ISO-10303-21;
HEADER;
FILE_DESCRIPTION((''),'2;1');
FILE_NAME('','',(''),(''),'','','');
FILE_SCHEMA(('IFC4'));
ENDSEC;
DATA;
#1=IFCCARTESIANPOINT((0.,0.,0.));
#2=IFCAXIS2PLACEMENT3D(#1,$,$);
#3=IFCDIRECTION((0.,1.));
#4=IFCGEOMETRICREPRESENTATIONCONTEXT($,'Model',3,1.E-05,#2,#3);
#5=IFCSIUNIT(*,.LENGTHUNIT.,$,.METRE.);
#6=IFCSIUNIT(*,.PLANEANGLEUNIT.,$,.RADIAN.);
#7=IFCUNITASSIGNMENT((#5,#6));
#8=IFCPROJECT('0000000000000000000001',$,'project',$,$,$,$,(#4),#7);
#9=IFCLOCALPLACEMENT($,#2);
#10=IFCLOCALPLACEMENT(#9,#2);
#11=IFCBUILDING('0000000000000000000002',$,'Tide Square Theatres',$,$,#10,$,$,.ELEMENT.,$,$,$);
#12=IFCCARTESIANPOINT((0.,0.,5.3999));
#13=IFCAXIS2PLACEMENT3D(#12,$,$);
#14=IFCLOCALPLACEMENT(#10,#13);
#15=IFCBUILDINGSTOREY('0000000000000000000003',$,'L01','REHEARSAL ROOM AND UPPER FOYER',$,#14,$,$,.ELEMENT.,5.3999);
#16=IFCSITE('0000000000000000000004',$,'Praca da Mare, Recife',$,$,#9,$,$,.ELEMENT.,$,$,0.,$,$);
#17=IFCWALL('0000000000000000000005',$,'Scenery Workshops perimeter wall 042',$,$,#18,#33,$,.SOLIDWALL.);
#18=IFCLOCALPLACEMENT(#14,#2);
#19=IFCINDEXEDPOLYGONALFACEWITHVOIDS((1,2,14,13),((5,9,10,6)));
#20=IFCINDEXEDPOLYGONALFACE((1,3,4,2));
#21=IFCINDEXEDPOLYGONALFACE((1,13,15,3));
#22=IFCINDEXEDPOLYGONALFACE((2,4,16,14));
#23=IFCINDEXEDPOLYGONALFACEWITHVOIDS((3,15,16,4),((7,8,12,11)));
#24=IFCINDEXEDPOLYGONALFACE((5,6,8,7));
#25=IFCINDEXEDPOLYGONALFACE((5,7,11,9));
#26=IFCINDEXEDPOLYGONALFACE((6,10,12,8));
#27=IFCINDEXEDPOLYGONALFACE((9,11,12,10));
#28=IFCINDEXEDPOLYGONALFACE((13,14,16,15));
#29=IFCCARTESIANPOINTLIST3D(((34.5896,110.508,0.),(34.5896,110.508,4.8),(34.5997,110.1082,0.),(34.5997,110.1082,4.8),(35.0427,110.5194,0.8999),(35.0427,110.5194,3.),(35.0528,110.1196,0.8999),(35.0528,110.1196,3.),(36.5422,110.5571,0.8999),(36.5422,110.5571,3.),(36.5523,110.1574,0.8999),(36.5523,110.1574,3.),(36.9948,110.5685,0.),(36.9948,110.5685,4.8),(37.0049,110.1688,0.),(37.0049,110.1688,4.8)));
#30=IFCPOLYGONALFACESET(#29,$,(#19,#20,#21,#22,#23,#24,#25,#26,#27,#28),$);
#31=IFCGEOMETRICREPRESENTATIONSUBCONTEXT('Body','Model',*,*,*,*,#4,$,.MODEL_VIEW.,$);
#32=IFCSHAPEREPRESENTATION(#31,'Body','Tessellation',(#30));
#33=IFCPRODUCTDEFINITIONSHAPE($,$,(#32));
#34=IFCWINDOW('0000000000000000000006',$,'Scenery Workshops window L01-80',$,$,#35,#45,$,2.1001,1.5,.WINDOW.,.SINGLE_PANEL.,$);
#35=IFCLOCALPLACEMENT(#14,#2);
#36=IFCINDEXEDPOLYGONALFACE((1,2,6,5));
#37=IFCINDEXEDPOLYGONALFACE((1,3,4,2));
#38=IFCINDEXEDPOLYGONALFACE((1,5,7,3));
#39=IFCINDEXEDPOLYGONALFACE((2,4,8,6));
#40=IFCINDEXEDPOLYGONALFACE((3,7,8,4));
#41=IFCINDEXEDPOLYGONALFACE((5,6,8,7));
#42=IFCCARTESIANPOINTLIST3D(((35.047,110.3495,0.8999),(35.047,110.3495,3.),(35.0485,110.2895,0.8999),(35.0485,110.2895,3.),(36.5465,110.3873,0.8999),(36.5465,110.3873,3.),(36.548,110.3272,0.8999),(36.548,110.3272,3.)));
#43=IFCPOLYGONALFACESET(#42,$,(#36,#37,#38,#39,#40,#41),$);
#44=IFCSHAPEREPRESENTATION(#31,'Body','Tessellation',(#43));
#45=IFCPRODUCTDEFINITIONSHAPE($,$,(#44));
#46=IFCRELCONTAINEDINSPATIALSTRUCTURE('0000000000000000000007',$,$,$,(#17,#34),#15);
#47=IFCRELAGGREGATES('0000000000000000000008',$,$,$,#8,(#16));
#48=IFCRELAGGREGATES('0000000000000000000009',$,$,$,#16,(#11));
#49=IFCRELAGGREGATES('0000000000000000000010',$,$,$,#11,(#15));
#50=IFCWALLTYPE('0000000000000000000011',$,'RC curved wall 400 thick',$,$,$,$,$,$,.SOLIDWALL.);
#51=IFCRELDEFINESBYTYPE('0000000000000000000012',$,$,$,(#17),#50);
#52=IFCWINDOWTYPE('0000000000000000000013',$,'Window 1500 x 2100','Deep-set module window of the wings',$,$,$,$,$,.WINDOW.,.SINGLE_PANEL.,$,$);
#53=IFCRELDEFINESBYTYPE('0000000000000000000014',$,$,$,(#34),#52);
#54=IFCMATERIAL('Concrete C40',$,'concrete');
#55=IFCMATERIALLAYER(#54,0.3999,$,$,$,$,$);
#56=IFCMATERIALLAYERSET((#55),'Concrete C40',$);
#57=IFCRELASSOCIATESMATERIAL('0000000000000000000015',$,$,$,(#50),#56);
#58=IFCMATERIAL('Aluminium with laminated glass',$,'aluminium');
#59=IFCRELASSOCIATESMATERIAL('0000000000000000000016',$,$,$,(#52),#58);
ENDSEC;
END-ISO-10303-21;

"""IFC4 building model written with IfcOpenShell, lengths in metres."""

from ifc_helpers import new_model, si_unit, direction, frame, frame_2d, origin, place, context, subcontext, project, spatial, rectangle, extrude, material, layer, layer_set, type_object, element, fill, save


model = new_model("IFC4")

# Units and contexts
model_context = context("Model", 3, precision=1e-05, world=origin(), true_north=direction((0.0, 1.0)))
body_context = subcontext(model_context, "Body", "Model", "MODEL_VIEW")
ifc_project = project(units=[si_unit("LENGTHUNIT", "METRE"), si_unit("PLANEANGLEUNIT", "RADIAN")], contexts=[model_context])

# Site, building, storey
site_placement = place(None, origin())
site = spatial("IfcSite", under=ifc_project, at=site_placement, Name="Praca da Mare, Recife", CompositionType="ELEMENT", RefElevation=0.0)
building_placement = place(site_placement, origin())
building = spatial("IfcBuilding", under=site, at=building_placement, Name="Tide Square Theatres", CompositionType="ELEMENT")
storey_placement = place(building_placement, frame((0.0, 0.0, 5.3999)))
storey = spatial("IfcBuildingStorey", under=building, at=storey_placement, Name="L01", Description="REHEARSAL ROOM AND UPPER FOYER", CompositionType="ELEMENT", Elevation=5.3999)

# Shared definitions
ifc_material_1 = material(Name="Concrete C40", Category="concrete")
ifc_layer_1 = layer(ifc_material_1, 0.3999)
ifc_layer_set_1 = layer_set([ifc_layer_1], Name="Concrete C40")
wall_type_1 = type_object("IfcWallType", Name="RC curved wall 400 thick", PredefinedType="SOLIDWALL", material=ifc_layer_set_1)

# Wall, opening, window
ifc_material_2 = material(Name="Aluminium with laminated glass", Category="aluminium")
window_type = type_object("IfcWindowType", Name="Window 1500 x 2100", Description="Deep-set module window of the wings", PartitioningType="SINGLE_PANEL", PredefinedType="WINDOW", material=ifc_material_2)
wall_1_placement = place(storey_placement, frame((37.0, 110.3687, 0.0), z_axis=(0.0, 0.0, 1.0), x_axis=(-0.999683, -0.025165, 0.0)))
wall_1 = element("IfcWall", 1, at=wall_1_placement, inside=storey, type_object=wall_type_1, Name="Scenery Workshops perimeter wall 042", PredefinedType="SOLIDWALL", context=body_context, shape_type="SweptSolid", body=[
    extrude(rectangle(XDim=2.406, YDim=0.3999, at=frame_2d((1.2031, 0.0))), origin(), (0.0, 0.0, 1.0), 4.8),
])
opening_1_placement = place(wall_1_placement, frame((0.4529, 0.0, 0.8999)))
opening_1 = element("IfcOpeningElement", 2, at=opening_1_placement, cuts=wall_1, PredefinedType="OPENING", context=body_context, shape_type="SweptSolid", body=[
    extrude(rectangle(XDim=1.5, YDim=2.1001, at=frame_2d((0.75, 1.05))), frame((0.0, 0.21, 0.0), z_axis=(0.0, -1.0, 0.0), x_axis=(1.0, 0.0, 0.0)), (0.0, 0.0, 1.0), 0.4199),
])
window_1_placement = place(opening_1_placement, origin())
window_1 = element("IfcWindow", 3, at=window_1_placement, inside=storey, type_object=window_type, Name="Scenery Workshops window L01-80", OverallHeight=2.1001, OverallWidth=1.5, PartitioningType="SINGLE_PANEL", PredefinedType="WINDOW", context=body_context, shape_type="SweptSolid", body=[
    extrude(rectangle(XDim=1.5, YDim=2.1001, at=frame_2d((0.75, 1.05))), frame((0.0, 0.03, 0.0), z_axis=(0.0, -1.0, 0.0), x_axis=(1.0, 0.0, 0.0)), (0.0, 0.0, 1.0), 0.0601),
])
fill(opening_1, window_1)

save(model, "model.ifc")
